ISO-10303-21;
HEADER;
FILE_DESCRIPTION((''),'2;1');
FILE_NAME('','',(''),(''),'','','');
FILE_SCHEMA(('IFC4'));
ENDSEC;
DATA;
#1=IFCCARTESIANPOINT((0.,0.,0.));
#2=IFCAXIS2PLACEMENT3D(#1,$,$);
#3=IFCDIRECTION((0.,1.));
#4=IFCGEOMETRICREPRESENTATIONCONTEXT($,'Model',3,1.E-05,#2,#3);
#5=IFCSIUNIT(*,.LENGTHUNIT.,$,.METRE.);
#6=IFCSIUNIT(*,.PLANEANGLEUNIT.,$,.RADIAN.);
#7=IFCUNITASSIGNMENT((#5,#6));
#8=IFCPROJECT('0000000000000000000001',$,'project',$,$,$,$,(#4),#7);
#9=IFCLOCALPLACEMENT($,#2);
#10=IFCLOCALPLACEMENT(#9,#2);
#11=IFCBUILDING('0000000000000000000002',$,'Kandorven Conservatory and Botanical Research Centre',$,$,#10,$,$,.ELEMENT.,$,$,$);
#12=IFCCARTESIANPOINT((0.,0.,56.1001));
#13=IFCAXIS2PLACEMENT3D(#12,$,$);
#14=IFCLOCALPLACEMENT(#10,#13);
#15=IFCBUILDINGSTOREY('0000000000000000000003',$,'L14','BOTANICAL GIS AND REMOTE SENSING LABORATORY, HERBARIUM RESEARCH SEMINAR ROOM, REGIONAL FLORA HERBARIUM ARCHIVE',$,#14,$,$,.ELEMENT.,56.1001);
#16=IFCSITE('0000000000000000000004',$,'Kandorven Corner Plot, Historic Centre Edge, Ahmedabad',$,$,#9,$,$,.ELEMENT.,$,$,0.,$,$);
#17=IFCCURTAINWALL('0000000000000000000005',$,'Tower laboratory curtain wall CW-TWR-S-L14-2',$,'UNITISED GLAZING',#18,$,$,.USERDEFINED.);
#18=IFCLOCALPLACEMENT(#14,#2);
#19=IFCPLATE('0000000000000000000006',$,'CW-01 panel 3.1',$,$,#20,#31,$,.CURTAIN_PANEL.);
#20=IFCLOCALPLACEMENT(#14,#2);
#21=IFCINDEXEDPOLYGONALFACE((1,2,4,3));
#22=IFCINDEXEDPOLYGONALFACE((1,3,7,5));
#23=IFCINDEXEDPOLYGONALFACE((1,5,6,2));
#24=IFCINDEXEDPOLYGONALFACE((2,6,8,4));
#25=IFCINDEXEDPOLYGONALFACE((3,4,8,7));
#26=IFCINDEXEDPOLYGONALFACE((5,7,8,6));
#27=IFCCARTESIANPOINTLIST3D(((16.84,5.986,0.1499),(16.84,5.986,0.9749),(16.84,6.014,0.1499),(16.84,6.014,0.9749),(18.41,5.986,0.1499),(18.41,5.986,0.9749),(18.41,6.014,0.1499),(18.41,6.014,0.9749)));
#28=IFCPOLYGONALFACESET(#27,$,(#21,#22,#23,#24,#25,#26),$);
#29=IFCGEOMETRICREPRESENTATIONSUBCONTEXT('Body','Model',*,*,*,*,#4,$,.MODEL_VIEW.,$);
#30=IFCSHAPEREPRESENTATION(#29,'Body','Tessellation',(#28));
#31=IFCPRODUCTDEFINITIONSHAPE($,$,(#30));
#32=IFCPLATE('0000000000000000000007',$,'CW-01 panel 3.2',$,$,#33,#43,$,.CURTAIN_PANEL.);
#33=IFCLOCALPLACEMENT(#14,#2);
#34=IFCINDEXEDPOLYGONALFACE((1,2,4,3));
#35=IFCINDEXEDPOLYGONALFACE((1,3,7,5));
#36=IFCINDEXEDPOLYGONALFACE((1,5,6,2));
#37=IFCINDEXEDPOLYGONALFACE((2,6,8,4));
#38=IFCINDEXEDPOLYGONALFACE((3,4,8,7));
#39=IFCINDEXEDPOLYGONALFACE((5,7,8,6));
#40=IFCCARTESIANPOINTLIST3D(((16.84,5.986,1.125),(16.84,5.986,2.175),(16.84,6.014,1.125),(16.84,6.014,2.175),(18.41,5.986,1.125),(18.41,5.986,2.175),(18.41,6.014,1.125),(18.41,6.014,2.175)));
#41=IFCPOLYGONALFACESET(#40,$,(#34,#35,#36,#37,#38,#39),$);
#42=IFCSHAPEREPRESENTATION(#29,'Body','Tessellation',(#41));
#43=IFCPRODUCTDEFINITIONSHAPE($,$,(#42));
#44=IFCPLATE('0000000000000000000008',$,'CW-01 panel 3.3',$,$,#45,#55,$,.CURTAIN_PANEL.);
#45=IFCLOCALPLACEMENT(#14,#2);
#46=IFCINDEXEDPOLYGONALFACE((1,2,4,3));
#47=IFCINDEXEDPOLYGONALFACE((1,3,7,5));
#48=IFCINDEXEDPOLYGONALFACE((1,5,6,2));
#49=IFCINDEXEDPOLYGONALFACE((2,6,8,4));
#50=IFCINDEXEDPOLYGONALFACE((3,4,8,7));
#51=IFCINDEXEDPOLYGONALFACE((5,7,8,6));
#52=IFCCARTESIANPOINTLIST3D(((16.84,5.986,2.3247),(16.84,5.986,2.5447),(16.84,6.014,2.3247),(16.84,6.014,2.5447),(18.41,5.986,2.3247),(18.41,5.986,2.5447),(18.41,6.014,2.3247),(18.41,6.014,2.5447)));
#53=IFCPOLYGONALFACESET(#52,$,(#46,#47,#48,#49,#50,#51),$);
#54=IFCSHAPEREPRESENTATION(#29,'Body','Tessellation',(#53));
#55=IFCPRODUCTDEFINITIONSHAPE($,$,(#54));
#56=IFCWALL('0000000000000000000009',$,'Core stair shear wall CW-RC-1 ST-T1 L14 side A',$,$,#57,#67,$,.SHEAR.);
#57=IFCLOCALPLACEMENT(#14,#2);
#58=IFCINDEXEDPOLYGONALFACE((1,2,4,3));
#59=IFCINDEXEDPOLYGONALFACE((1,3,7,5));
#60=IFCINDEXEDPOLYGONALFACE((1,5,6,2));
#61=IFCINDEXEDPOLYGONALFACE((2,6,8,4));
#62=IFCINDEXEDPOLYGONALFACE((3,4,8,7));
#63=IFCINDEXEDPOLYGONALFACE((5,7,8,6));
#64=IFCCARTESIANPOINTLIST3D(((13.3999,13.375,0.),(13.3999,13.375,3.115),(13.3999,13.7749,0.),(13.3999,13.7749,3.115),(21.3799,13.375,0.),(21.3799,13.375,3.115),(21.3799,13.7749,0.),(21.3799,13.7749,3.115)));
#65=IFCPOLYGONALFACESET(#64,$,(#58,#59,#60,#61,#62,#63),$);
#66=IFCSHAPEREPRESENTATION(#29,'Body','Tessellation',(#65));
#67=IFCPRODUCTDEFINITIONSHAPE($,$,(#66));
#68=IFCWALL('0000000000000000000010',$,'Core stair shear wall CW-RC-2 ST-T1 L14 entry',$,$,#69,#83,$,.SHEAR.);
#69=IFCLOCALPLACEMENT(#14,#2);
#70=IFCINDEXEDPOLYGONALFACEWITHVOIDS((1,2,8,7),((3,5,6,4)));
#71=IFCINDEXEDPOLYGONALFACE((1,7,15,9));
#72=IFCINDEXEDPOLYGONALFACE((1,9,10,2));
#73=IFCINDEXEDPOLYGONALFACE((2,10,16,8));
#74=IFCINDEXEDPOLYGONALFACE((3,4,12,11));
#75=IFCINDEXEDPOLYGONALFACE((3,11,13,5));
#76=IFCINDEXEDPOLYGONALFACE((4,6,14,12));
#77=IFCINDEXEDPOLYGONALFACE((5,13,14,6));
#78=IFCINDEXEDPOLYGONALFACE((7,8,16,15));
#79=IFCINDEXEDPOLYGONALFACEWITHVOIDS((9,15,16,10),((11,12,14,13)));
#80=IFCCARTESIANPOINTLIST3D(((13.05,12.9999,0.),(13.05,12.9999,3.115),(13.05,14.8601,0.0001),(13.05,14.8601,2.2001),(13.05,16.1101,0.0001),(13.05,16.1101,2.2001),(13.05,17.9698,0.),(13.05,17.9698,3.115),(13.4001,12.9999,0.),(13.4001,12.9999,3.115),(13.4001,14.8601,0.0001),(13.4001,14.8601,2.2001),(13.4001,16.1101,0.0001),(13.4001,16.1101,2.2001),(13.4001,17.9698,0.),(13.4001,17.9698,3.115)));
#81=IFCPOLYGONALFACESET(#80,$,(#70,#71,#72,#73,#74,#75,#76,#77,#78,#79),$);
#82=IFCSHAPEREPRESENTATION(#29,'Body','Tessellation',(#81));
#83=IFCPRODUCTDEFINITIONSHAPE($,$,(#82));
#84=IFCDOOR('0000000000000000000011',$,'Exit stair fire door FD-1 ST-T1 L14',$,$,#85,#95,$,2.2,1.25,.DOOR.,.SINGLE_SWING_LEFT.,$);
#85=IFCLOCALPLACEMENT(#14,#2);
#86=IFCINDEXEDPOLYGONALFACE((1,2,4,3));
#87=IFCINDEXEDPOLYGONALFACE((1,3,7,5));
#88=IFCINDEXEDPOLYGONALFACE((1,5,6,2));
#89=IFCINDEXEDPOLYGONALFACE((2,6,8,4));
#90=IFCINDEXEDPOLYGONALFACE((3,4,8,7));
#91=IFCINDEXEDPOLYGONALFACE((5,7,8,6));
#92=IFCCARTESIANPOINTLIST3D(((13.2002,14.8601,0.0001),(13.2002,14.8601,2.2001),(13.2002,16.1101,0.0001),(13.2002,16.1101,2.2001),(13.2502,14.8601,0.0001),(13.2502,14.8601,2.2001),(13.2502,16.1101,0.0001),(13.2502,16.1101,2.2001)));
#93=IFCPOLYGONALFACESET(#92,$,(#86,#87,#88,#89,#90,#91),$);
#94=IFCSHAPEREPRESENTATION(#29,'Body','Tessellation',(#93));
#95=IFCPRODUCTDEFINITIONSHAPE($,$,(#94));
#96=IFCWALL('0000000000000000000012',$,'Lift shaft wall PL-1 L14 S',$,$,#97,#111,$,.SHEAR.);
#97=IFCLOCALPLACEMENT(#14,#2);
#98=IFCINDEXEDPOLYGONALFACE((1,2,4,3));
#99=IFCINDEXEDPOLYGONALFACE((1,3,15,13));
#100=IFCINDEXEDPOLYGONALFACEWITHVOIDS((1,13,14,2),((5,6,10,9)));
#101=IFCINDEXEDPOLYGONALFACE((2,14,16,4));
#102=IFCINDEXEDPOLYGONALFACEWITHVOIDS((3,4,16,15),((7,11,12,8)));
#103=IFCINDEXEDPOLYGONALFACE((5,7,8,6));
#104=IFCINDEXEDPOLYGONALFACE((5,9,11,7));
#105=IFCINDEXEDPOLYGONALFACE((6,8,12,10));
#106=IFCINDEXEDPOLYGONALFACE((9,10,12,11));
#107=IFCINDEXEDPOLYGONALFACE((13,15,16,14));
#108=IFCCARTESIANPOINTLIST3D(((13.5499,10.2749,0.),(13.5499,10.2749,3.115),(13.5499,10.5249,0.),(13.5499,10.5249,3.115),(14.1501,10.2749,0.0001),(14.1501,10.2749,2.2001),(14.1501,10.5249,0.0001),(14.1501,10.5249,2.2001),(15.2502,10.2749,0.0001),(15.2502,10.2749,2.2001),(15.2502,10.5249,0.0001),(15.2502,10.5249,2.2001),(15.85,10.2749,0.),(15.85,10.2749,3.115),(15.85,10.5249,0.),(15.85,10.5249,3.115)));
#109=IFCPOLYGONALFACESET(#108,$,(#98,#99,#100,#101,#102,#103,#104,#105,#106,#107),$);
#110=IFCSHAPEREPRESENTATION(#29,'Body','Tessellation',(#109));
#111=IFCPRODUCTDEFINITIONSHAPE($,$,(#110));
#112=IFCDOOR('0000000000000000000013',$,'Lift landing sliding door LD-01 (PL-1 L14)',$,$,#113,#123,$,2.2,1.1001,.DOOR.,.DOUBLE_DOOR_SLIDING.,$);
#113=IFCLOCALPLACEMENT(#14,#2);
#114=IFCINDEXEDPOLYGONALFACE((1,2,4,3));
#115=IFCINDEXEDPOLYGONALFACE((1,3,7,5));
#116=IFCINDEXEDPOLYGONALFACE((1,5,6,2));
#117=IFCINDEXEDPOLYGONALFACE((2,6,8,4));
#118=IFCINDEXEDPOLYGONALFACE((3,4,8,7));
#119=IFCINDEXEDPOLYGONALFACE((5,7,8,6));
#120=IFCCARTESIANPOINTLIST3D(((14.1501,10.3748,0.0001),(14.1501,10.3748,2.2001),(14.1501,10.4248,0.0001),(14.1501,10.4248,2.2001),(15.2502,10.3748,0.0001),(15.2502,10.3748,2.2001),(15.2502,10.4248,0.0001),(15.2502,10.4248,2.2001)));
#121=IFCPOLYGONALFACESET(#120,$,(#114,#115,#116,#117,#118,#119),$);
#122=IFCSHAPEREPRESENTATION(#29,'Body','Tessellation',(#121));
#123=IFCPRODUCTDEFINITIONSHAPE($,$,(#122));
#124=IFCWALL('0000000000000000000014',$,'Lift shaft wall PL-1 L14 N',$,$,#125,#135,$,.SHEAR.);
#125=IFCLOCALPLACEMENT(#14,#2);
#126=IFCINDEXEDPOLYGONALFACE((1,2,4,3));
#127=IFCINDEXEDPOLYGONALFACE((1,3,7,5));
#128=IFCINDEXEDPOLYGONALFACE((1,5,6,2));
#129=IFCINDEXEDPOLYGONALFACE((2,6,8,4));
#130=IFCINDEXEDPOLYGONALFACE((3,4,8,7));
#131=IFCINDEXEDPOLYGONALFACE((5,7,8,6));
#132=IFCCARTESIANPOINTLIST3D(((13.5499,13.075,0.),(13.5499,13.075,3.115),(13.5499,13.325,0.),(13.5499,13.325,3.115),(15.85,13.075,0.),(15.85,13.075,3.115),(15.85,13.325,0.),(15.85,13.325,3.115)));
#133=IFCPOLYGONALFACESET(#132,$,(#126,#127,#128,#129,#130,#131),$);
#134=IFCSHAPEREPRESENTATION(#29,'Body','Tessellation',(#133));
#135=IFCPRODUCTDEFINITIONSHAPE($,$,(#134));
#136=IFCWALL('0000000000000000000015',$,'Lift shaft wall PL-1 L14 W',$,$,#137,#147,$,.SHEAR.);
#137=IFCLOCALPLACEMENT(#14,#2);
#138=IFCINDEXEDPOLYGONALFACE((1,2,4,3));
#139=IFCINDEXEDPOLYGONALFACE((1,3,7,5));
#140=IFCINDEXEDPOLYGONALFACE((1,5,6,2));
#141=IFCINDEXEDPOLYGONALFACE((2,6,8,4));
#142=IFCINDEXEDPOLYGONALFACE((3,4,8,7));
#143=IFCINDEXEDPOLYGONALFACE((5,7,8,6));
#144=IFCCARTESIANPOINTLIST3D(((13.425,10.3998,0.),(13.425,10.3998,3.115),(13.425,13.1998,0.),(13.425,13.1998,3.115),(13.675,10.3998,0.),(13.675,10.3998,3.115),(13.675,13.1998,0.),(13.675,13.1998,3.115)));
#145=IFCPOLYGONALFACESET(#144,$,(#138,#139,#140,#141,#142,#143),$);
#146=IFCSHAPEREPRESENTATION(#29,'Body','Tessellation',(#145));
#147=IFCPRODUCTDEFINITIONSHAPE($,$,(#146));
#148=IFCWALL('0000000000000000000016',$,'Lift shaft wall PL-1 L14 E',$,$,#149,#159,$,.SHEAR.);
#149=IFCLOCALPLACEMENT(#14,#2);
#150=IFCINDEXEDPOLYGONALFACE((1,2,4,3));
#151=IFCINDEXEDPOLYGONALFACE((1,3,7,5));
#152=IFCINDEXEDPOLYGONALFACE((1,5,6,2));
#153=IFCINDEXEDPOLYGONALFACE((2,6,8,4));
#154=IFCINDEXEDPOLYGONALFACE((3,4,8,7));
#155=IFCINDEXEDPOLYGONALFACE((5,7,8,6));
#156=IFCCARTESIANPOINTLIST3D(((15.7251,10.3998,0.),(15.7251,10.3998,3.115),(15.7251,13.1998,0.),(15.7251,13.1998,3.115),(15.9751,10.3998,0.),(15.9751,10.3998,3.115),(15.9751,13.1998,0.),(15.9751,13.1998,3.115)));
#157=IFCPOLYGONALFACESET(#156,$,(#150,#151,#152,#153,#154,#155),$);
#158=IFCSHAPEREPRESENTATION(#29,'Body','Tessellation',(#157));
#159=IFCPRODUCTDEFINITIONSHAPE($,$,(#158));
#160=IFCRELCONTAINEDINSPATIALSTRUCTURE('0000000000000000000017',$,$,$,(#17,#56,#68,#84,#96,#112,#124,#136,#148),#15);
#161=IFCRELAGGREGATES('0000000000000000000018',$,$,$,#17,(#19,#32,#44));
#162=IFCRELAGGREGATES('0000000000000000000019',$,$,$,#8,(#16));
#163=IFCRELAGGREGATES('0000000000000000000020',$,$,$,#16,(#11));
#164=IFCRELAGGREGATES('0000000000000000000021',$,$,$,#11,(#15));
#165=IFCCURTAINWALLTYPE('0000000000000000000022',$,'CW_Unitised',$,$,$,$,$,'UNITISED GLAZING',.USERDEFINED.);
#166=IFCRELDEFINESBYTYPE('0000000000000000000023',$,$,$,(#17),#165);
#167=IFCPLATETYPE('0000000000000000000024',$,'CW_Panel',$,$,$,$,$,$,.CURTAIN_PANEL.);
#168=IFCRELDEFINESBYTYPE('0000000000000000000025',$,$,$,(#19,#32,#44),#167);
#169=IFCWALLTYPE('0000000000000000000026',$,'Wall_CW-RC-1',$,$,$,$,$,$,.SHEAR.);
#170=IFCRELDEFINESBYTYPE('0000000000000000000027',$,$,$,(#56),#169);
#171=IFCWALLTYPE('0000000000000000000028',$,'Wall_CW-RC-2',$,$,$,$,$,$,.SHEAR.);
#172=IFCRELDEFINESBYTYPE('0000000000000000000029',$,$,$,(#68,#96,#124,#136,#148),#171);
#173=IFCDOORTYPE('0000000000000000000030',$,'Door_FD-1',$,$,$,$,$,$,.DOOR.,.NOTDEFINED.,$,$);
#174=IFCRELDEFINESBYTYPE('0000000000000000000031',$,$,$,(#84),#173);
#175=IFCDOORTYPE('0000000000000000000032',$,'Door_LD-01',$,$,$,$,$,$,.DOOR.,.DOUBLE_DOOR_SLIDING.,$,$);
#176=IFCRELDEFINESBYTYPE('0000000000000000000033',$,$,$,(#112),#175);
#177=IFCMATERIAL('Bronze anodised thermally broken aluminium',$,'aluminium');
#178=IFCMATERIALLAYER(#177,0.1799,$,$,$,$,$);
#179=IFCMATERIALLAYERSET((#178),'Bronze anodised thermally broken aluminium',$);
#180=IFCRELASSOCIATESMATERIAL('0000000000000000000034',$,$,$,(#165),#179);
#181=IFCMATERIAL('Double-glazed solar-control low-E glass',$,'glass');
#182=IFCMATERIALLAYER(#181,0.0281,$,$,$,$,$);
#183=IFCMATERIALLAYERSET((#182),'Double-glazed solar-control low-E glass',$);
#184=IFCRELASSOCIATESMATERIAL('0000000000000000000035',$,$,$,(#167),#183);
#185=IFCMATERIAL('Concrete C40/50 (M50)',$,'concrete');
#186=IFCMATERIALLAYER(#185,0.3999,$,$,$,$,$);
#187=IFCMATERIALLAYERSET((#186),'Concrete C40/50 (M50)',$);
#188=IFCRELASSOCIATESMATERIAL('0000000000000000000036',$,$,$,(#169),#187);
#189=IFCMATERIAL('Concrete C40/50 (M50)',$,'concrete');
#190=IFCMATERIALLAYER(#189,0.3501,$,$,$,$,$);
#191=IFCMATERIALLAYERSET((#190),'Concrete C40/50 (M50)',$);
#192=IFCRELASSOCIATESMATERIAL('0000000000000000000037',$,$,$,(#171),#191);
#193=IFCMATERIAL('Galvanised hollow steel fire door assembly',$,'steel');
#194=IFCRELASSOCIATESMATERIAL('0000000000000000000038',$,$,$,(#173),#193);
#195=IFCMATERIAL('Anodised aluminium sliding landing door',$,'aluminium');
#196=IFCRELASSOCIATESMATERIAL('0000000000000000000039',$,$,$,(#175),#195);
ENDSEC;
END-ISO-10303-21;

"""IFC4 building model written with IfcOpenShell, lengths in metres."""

from ifc_helpers import new_model, si_unit, direction, frame, frame_2d, origin, origin_2d, place, context, subcontext, project, spatial, rectangle, extrude, material, layer, layer_set, type_object, element, fill, aggregate, save


model = new_model("IFC4")

# Units and contexts
model_context = context("Model", 3, precision=1e-05, world=origin(), true_north=direction((0.0, 1.0)))
body_context = subcontext(model_context, "Body", "Model", "MODEL_VIEW")
ifc_project = project(units=[si_unit("LENGTHUNIT", "METRE"), si_unit("PLANEANGLEUNIT", "RADIAN")], contexts=[model_context])

# Site, building, storey
site_placement = place(None, origin())
site = spatial("IfcSite", under=ifc_project, at=site_placement, Name="Kandorven Corner Plot, Historic Centre Edge, Ahmedabad", CompositionType="ELEMENT", RefElevation=0.0)
building_placement = place(site_placement, origin())
building = spatial("IfcBuilding", under=site, at=building_placement, Name="Kandorven Conservatory and Botanical Research Centre", CompositionType="ELEMENT")
storey_placement = place(building_placement, frame((0.0, 0.0, 56.1001)))
storey = spatial("IfcBuildingStorey", under=building, at=storey_placement, Name="L14", Description="BOTANICAL GIS AND REMOTE SENSING LABORATORY, HERBARIUM RESEARCH SEMINAR ROOM, REGIONAL FLORA HERBARIUM ARCHIVE", CompositionType="ELEMENT", Elevation=56.1001)

# Curtain wall, plates
ifc_material_1 = material(Name="Bronze anodised thermally broken aluminium", Category="aluminium")
ifc_layer_1 = layer(ifc_material_1, 0.1799)
ifc_layer_set_1 = layer_set([ifc_layer_1], Name="Bronze anodised thermally broken aluminium")
curtain_wall_type = type_object("IfcCurtainWallType", Name="CW_Unitised", ElementType="UNITISED GLAZING", PredefinedType="USERDEFINED", material=ifc_layer_set_1)
curtain_wall_placement = place(storey_placement, origin())
curtain_wall = element("IfcCurtainWall", 1, at=curtain_wall_placement, inside=storey, type_object=curtain_wall_type, Name="Tower laboratory curtain wall CW-TWR-S-L14-2", ObjectType="UNITISED GLAZING", PredefinedType="USERDEFINED")
ifc_material_2 = material(Name="Double-glazed solar-control low-E glass", Category="glass")
ifc_layer_2 = layer(ifc_material_2, 0.0281)
ifc_layer_set_2 = layer_set([ifc_layer_2], Name="Double-glazed solar-control low-E glass")
plate_type = type_object("IfcPlateType", Name="CW_Panel", PredefinedType="CURTAIN_PANEL", material=ifc_layer_set_2)
plate_1_placement = place(storey_placement, frame((17.625, 6.0, 0.1499), z_axis=(0.0, 0.0, 1.0), x_axis=(1.0, 0.0, 0.0)))
plate_1 = element("IfcPlate", 2, at=plate_1_placement, type_object=plate_type, Name="CW-01 panel 3.1", PredefinedType="CURTAIN_PANEL", context=body_context, shape_type="SweptSolid", body=[
    extrude(rectangle(XDim=1.5701, YDim=0.0281, at=origin_2d()), origin(), (0.0, 0.0, 1.0), 0.825),
])
plate_2_placement = place(storey_placement, frame((17.625, 6.0, 1.125), z_axis=(0.0, 0.0, 1.0), x_axis=(1.0, 0.0, 0.0)))
plate_2 = element("IfcPlate", 3, at=plate_2_placement, type_object=plate_type, Name="CW-01 panel 3.2", PredefinedType="CURTAIN_PANEL", context=body_context, shape_type="SweptSolid", body=[
    extrude(rectangle(XDim=1.5701, YDim=0.0281, at=origin_2d()), origin(), (0.0, 0.0, 1.0), 1.05),
])
plate_3_placement = place(storey_placement, frame((17.625, 6.0, 2.3247), z_axis=(0.0, 0.0, 1.0), x_axis=(1.0, 0.0, 0.0)))
plate_3 = element("IfcPlate", 4, at=plate_3_placement, type_object=plate_type, Name="CW-01 panel 3.3", PredefinedType="CURTAIN_PANEL", context=body_context, shape_type="SweptSolid", body=[
    extrude(rectangle(XDim=1.5701, YDim=0.0281, at=origin_2d()), origin(), (0.0, 0.0, 1.0), 0.22),
])
aggregate(curtain_wall, [plate_1, plate_2, plate_3])

# Wall
ifc_material_3 = material(Name="Concrete C40/50 (M50)", Category="concrete")
ifc_layer_3 = layer(ifc_material_3, 0.3999)
ifc_layer_set_3 = layer_set([ifc_layer_3], Name="Concrete C40/50 (M50)")
wall_type_1 = type_object("IfcWallType", Name="Wall_CW-RC-1", PredefinedType="SHEAR", material=ifc_layer_set_3)
wall_1_placement = place(storey_placement, frame((13.3999, 13.575, 0.0), z_axis=(0.0, 0.0, 1.0), x_axis=(1.0, 0.0, 0.0)))
element("IfcWall", 5, at=wall_1_placement, inside=storey, type_object=wall_type_1, Name="Core stair shear wall CW-RC-1 ST-T1 L14 side A", PredefinedType="SHEAR", context=body_context, shape_type="SweptSolid", body=[
    extrude(rectangle(XDim=7.98, YDim=0.3999, at=frame_2d((3.99, 0.0))), origin(), (0.0, 0.0, 1.0), 3.115),
])

# Walls, openings, doors
ifc_material_4 = material(Name="Concrete C40/50 (M50)", Category="concrete")
ifc_layer_4 = layer(ifc_material_4, 0.3501)
ifc_layer_set_4 = layer_set([ifc_layer_4], Name="Concrete C40/50 (M50)")
wall_type_2 = type_object("IfcWallType", Name="Wall_CW-RC-2", PredefinedType="SHEAR", material=ifc_layer_set_4)
wall_2_placement = place(storey_placement, frame((13.2251, 13.0, 0.0), z_axis=(0.0, 0.0, 1.0), x_axis=(0.0, 1.0, 0.0)))
wall_2 = element("IfcWall", 6, at=wall_2_placement, inside=storey, type_object=wall_type_2, Name="Core stair shear wall CW-RC-2 ST-T1 L14 entry", PredefinedType="SHEAR", context=body_context, shape_type="SweptSolid", body=[
    extrude(rectangle(XDim=4.97, YDim=0.3501, at=frame_2d((2.4849, 0.0))), origin(), (0.0, 0.0, 1.0), 3.115),
])
opening_1_placement = place(wall_2_placement, frame((1.8601, 0.0, 0.0)))
opening_1 = element("IfcOpeningElement", 7, at=opening_1_placement, cuts=wall_2, PredefinedType="OPENING", context=body_context, shape_type="SweptSolid", body=[
    extrude(rectangle(XDim=1.25, YDim=2.2, at=frame_2d((0.625, 1.1001))), frame((0.0, 0.1851, 0.0), z_axis=(0.0, -1.0, 0.0), x_axis=(1.0, 0.0, 0.0)), (0.0, 0.0, 1.0), 0.3701),
])
ifc_material_5 = material(Name="Galvanised hollow steel fire door assembly", Category="steel")
door_type_1 = type_object("IfcDoorType", Name="Door_FD-1", OperationType="NOTDEFINED", PredefinedType="DOOR", material=ifc_material_5)
door_1_placement = place(opening_1_placement, origin())
door_1 = element("IfcDoor", 8, at=door_1_placement, inside=storey, type_object=door_type_1, Name="Exit stair fire door FD-1 ST-T1 L14", OperationType="SINGLE_SWING_LEFT", OverallHeight=2.2, OverallWidth=1.25, PredefinedType="DOOR", context=body_context, shape_type="SweptSolid", body=[
    extrude(rectangle(XDim=1.25, YDim=2.2, at=frame_2d((0.625, 1.1001))), frame((0.0, 0.0249, 0.0), z_axis=(0.0, -1.0, 0.0), x_axis=(1.0, 0.0, 0.0)), (0.0, 0.0, 1.0), 0.05),
])
fill(opening_1, door_1)
wall_3_placement = place(storey_placement, frame((13.55, 10.3999, 0.0), z_axis=(0.0, 0.0, 1.0), x_axis=(1.0, 0.0, 0.0)))
wall_3 = element("IfcWall", 9, at=wall_3_placement, inside=storey, type_object=wall_type_2, Name="Lift shaft wall PL-1 L14 S", PredefinedType="SHEAR", context=body_context, shape_type="SweptSolid", body=[
    extrude(rectangle(XDim=2.3, YDim=0.25, at=frame_2d((1.1499, 0.0))), origin(), (0.0, 0.0, 1.0), 3.115),
])
opening_2_placement = place(wall_3_placement, frame((0.6001, 0.0, 0.0)))
opening_2 = element("IfcOpeningElement", 10, at=opening_2_placement, cuts=wall_3, PredefinedType="OPENING", context=body_context, shape_type="SweptSolid", body=[
    extrude(rectangle(XDim=1.1001, YDim=2.2, at=frame_2d((0.55, 1.1001))), frame((0.0, 0.135, 0.0), z_axis=(0.0, -1.0, 0.0), x_axis=(1.0, 0.0, 0.0)), (0.0, 0.0, 1.0), 0.27),
])
ifc_material_6 = material(Name="Anodised aluminium sliding landing door", Category="aluminium")
door_type_2 = type_object("IfcDoorType", Name="Door_LD-01", OperationType="DOUBLE_DOOR_SLIDING", PredefinedType="DOOR", material=ifc_material_6)
door_2_placement = place(opening_2_placement, origin())
door_2 = element("IfcDoor", 11, at=door_2_placement, inside=storey, type_object=door_type_2, Name="Lift landing sliding door LD-01 (PL-1 L14)", OperationType="DOUBLE_DOOR_SLIDING", OverallHeight=2.2, OverallWidth=1.1001, PredefinedType="DOOR", context=body_context, shape_type="SweptSolid", body=[
    extrude(rectangle(XDim=1.1001, YDim=2.2, at=frame_2d((0.55, 1.1001))), frame((0.0, 0.0249, 0.0), z_axis=(0.0, -1.0, 0.0), x_axis=(1.0, 0.0, 0.0)), (0.0, 0.0, 1.0), 0.05),
])
fill(opening_2, door_2)

# Walls
wall_4_placement = place(storey_placement, frame((13.55, 13.2, 0.0), z_axis=(0.0, 0.0, 1.0), x_axis=(1.0, 0.0, 0.0)))
element("IfcWall", 12, at=wall_4_placement, inside=storey, type_object=wall_type_2, Name="Lift shaft wall PL-1 L14 N", PredefinedType="SHEAR", context=body_context, shape_type="SweptSolid", body=[
    extrude(rectangle(XDim=2.3, YDim=0.25, at=frame_2d((1.1499, 0.0))), origin(), (0.0, 0.0, 1.0), 3.115),
])
for number, where, z_axis, x_axis, name in (
    (13, (13.55, 10.3999, 0.0), (0.0, 0.0, 1.0), (0.0, 1.0, 0.0), "Lift shaft wall PL-1 L14 W"),
    (14, (15.8501, 10.3999, 0.0), (0.0, 0.0, 1.0), (0.0, 1.0, 0.0), "Lift shaft wall PL-1 L14 E"),
):
    element("IfcWall", number, at=place(storey_placement, frame(where, z_axis=z_axis, x_axis=x_axis)), inside=storey, type_object=wall_type_2, Name=name, PredefinedType="SHEAR", context=body_context, shape_type="SweptSolid", body=[
        extrude(rectangle(XDim=2.8, YDim=0.25, at=frame_2d((1.3999, 0.0))), origin(), (0.0, 0.0, 1.0), 3.115),
    ])

save(model, "model.ifc")
